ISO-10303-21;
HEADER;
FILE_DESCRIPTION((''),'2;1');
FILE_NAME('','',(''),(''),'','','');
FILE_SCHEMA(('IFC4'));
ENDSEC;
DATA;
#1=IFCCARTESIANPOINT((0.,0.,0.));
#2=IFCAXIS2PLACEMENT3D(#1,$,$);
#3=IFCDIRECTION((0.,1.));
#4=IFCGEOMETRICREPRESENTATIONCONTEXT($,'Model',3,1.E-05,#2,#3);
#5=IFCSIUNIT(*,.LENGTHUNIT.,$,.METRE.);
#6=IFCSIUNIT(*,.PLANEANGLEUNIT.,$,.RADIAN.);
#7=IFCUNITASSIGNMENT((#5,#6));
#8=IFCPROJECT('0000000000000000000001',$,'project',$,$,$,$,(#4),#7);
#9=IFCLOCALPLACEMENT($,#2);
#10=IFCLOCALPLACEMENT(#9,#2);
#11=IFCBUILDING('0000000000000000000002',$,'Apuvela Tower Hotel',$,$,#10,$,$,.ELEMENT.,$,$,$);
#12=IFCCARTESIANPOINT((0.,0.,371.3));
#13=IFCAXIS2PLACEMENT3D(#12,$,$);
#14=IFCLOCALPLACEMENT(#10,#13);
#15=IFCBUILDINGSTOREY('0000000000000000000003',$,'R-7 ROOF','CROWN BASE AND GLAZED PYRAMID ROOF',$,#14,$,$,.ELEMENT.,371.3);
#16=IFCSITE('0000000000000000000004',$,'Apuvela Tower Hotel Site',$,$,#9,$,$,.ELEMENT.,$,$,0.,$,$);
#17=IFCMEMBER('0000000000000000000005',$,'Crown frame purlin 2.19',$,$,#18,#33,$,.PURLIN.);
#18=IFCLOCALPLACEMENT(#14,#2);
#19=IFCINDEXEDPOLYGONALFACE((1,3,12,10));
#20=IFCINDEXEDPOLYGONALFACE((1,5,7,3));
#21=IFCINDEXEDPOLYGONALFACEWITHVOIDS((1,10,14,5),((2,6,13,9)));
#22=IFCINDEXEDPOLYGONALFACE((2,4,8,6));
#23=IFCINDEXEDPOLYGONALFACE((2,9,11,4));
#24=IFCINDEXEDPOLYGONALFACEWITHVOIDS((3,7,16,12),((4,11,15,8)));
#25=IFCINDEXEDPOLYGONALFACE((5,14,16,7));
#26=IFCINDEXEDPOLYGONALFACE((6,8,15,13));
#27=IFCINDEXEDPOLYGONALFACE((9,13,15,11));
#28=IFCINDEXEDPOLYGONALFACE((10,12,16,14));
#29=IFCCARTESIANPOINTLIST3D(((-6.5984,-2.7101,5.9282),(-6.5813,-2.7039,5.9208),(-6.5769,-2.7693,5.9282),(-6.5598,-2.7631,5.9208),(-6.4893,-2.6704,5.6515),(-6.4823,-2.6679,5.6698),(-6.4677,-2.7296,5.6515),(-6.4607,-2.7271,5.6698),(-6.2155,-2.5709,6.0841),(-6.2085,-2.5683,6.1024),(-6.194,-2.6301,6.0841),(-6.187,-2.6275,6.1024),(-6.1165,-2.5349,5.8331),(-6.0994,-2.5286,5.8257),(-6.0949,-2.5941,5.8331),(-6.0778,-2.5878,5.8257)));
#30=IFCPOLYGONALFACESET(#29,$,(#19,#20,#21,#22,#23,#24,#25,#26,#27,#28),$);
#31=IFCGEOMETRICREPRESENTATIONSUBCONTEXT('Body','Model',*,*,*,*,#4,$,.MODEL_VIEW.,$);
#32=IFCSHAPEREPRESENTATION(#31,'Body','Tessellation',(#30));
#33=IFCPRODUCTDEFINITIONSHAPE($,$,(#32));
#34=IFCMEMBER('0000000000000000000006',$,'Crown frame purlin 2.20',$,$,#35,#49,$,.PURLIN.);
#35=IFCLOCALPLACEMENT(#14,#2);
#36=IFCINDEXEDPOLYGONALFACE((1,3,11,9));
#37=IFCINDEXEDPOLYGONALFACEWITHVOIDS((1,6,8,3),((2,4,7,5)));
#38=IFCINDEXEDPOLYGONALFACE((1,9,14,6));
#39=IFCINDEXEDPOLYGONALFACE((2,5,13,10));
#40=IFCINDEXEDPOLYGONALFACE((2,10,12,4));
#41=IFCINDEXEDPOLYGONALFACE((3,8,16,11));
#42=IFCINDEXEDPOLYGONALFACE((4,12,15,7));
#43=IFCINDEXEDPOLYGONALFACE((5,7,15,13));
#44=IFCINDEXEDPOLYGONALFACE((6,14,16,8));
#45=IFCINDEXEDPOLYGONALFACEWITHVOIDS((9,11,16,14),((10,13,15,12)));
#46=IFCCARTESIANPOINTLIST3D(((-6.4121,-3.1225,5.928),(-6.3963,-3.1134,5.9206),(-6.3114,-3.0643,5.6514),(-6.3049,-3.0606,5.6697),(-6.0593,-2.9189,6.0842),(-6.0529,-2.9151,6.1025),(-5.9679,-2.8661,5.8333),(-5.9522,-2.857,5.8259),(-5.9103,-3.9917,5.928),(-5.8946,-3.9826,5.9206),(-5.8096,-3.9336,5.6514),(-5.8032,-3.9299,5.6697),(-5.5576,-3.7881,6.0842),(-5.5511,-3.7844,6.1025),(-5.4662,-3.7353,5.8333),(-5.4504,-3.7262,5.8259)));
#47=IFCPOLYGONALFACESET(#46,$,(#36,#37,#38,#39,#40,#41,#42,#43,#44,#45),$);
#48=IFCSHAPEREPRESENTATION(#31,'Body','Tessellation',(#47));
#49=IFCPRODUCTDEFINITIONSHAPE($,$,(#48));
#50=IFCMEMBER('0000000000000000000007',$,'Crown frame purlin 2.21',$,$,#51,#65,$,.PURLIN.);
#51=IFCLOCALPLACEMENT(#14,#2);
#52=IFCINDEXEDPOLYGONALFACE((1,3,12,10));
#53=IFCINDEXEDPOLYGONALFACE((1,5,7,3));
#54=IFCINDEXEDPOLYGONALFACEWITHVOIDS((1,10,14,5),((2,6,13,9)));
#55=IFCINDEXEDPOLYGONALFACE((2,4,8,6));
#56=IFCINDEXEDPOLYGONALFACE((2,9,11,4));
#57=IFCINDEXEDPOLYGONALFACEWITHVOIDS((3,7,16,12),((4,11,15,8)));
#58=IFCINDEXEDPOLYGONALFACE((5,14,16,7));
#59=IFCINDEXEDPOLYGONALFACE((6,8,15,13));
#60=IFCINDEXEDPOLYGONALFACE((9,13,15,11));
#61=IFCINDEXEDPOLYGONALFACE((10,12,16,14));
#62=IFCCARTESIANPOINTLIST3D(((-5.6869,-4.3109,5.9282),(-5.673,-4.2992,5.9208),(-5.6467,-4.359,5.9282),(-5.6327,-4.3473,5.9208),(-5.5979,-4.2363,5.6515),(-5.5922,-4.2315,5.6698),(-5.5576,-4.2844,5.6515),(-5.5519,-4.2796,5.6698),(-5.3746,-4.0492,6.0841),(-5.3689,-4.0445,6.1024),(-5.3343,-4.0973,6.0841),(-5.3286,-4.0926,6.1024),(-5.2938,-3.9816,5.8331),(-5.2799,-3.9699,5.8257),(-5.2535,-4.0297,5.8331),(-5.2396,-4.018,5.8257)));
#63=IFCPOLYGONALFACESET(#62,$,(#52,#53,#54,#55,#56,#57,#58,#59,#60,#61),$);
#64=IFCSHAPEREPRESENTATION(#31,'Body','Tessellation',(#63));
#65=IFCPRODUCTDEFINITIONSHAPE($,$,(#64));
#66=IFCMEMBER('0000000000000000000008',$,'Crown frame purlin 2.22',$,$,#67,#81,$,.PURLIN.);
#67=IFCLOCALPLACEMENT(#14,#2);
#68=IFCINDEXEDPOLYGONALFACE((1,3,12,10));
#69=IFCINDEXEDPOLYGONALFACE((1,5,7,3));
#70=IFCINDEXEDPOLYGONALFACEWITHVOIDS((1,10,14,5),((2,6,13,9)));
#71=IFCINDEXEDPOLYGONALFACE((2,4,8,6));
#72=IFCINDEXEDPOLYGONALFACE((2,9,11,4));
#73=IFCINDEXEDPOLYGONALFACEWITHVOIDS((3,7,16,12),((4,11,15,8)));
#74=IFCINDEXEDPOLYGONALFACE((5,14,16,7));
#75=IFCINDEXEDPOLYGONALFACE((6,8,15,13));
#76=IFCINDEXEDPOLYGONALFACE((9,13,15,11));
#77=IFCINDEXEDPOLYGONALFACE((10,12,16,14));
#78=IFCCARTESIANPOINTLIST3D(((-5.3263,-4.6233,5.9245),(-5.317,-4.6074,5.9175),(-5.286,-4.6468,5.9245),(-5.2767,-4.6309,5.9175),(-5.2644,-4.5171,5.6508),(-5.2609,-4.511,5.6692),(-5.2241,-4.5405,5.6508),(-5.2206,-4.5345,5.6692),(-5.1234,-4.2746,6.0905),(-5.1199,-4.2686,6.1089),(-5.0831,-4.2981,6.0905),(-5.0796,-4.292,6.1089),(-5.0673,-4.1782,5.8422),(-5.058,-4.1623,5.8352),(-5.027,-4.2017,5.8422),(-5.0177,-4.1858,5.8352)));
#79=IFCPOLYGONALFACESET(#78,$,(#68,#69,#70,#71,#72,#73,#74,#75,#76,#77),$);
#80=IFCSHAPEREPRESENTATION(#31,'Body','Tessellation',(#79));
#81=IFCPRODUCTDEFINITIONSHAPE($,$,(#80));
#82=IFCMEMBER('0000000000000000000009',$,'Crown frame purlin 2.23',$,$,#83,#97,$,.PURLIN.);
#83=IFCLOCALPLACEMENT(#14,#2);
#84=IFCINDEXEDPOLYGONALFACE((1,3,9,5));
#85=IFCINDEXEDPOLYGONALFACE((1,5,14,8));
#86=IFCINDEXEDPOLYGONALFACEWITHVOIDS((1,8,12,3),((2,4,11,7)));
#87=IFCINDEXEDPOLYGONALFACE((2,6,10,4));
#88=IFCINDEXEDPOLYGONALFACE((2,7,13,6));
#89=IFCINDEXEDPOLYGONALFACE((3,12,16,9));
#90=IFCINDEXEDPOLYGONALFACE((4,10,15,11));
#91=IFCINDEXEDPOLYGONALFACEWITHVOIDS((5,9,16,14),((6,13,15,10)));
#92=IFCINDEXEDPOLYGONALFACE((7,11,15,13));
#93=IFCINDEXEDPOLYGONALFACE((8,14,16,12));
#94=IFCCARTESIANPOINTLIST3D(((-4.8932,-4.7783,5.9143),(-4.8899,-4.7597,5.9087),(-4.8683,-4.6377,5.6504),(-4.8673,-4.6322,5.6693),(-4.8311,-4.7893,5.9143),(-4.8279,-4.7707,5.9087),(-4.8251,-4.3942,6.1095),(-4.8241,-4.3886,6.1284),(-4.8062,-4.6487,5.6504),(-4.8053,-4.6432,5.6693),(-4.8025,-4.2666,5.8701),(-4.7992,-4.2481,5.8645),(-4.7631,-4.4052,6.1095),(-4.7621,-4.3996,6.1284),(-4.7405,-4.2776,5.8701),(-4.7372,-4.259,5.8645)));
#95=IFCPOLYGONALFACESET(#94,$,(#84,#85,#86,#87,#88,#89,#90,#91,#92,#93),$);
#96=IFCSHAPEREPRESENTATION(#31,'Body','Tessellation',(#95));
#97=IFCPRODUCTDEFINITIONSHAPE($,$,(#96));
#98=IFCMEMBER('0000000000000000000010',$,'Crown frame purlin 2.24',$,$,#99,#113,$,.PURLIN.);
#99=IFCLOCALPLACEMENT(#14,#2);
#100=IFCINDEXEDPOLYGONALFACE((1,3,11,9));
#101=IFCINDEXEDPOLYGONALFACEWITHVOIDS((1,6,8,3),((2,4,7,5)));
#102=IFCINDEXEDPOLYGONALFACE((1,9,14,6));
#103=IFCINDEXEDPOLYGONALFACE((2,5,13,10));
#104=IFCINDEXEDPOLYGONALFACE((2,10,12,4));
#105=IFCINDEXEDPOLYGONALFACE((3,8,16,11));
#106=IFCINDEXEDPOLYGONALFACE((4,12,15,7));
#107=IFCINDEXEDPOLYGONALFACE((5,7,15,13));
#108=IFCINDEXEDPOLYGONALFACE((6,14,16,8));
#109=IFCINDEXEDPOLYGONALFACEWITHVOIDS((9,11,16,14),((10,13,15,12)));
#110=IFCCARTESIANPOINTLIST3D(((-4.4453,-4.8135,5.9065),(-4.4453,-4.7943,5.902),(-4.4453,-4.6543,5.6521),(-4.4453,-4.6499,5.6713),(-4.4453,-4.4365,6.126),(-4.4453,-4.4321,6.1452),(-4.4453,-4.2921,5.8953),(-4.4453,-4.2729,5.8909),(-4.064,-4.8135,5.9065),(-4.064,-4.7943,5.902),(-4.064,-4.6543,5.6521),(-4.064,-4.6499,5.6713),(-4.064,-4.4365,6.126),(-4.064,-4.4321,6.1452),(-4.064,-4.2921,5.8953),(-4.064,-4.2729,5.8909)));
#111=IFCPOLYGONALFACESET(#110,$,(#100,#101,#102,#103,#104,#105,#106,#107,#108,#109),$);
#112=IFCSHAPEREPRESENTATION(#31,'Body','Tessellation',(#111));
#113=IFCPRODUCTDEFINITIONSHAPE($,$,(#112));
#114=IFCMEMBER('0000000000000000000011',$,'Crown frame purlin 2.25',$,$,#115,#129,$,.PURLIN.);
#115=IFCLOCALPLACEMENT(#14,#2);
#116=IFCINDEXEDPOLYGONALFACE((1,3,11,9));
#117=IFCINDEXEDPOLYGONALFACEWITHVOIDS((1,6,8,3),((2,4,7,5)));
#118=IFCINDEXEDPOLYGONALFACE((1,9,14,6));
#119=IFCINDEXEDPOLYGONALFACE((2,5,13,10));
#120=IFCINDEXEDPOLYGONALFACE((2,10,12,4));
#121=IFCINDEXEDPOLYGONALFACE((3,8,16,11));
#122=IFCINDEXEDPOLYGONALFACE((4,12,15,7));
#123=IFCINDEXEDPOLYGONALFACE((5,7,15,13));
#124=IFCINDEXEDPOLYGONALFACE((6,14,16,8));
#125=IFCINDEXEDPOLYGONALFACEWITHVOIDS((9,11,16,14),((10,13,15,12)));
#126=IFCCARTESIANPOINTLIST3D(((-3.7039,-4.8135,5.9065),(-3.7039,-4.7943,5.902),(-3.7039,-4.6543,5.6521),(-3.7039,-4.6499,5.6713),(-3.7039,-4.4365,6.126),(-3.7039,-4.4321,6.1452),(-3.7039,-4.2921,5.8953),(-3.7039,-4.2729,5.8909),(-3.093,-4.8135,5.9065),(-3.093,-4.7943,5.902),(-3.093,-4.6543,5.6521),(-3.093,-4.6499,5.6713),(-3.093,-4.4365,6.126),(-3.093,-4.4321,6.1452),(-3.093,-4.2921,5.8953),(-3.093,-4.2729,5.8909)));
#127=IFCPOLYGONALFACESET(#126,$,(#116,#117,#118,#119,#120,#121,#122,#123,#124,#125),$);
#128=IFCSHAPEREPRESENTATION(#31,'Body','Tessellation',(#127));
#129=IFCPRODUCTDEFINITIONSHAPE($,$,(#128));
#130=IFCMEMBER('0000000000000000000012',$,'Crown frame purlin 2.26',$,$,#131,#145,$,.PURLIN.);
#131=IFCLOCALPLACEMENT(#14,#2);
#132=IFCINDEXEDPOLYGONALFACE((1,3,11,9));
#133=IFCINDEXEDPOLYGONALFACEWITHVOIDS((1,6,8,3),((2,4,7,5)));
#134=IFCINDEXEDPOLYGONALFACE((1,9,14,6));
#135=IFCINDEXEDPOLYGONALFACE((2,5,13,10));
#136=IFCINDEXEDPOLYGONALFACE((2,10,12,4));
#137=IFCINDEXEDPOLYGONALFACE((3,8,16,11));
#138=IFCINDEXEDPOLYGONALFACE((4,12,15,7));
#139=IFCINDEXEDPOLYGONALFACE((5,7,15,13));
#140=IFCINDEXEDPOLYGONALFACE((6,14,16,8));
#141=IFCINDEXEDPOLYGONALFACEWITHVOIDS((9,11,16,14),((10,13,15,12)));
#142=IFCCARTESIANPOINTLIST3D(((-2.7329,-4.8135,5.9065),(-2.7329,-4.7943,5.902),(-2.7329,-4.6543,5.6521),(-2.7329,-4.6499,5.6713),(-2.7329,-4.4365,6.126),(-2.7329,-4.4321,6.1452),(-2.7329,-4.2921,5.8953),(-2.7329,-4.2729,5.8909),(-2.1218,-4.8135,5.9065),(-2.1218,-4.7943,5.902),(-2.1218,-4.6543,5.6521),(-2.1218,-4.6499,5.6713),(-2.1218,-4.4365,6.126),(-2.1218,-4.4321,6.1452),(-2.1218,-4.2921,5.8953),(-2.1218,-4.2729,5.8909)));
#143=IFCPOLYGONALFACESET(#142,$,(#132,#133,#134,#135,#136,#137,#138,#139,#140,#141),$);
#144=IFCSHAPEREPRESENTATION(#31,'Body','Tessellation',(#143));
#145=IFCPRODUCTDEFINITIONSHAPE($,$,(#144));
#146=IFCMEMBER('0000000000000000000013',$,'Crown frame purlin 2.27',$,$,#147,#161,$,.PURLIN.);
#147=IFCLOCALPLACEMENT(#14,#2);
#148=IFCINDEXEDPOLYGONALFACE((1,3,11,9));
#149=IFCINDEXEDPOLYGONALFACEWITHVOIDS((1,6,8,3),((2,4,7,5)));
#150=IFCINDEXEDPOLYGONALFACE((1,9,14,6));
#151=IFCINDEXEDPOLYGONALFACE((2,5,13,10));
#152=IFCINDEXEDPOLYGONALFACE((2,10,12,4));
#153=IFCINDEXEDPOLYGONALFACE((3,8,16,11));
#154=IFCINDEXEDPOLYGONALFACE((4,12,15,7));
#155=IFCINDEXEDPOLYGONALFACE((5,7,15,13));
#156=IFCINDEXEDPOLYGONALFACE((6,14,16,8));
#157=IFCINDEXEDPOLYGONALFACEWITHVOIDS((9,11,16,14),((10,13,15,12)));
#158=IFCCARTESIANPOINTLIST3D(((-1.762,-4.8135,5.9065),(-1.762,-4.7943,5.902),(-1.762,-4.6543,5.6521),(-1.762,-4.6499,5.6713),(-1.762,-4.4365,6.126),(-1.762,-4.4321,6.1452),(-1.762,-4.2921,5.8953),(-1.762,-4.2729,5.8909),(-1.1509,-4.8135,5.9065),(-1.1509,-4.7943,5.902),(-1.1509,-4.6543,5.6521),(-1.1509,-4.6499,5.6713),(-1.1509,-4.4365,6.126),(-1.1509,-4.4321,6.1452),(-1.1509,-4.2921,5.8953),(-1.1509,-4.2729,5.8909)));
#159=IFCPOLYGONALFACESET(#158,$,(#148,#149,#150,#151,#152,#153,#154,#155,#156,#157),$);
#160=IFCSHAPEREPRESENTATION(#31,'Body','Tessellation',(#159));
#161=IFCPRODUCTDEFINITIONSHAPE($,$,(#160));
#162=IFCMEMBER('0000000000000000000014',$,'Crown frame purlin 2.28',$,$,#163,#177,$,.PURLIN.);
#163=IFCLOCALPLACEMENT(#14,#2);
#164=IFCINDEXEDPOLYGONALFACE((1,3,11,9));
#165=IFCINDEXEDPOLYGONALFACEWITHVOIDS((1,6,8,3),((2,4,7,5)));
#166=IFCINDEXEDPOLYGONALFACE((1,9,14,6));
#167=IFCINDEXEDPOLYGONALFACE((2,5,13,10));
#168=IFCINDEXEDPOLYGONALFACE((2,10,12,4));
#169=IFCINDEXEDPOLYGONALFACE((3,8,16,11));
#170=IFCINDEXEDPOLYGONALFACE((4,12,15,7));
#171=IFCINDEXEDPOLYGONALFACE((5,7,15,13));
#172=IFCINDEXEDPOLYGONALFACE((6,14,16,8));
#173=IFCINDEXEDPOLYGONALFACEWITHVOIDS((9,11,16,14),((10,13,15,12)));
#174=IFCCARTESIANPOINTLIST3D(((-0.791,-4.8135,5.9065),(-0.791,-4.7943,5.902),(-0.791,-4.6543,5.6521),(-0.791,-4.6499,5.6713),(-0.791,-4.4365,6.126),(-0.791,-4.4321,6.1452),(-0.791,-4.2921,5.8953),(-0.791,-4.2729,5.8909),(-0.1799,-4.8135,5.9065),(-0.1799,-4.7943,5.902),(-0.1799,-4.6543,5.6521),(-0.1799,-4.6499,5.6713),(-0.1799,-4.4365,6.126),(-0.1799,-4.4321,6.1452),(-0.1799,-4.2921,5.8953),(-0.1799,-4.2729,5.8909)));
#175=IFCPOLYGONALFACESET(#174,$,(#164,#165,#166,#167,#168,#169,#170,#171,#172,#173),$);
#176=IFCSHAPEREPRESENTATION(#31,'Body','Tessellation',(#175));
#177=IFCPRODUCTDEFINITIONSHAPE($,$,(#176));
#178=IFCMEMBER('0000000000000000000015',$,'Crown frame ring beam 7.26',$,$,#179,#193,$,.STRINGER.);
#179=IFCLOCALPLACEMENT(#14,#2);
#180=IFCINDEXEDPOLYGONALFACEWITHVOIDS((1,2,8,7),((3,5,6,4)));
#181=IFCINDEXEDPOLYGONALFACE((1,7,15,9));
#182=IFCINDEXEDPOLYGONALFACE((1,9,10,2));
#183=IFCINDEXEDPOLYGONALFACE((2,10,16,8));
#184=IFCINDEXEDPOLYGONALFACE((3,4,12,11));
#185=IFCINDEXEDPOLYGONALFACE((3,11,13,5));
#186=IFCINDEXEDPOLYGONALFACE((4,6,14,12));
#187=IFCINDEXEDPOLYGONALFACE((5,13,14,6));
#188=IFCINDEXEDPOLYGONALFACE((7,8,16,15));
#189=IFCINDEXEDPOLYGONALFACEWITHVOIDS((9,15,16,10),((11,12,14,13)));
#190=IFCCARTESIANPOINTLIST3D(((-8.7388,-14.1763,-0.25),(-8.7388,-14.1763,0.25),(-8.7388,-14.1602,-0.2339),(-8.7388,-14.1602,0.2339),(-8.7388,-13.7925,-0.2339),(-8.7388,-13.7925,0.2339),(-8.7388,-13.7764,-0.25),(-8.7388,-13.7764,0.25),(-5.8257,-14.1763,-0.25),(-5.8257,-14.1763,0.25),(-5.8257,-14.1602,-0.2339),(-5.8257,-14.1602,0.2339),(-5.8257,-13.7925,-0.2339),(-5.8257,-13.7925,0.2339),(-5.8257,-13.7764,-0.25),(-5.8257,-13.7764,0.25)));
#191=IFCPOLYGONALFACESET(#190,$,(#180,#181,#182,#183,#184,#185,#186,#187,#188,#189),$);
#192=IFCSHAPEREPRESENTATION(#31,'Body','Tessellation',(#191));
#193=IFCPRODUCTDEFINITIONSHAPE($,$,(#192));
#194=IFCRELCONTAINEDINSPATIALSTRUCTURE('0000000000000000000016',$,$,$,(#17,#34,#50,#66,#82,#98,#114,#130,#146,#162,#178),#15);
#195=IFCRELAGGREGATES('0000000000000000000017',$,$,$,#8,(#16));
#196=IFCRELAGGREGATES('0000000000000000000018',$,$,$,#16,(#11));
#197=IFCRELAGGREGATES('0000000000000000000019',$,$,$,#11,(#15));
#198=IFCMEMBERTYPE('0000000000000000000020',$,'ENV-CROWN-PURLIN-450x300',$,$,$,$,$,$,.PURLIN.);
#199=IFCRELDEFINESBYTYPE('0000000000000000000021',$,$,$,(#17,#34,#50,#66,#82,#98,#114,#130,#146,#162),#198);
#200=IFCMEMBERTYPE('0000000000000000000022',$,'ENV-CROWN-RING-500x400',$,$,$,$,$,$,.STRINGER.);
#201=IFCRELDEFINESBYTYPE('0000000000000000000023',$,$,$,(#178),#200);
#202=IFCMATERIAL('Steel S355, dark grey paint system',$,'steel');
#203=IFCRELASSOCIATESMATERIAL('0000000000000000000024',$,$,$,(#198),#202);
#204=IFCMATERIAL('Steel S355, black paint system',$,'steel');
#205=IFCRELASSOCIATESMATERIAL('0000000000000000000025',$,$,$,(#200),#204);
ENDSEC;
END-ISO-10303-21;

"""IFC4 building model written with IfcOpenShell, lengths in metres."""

from ifc_helpers import new_model, si_unit, direction, frame, origin, origin_2d, place, context, subcontext, project, spatial, hollow_rectangle, extrude, material, material_profile, profile_set, type_object, element, save


model = new_model("IFC4")

# Units and contexts
model_context = context("Model", 3, precision=1e-05, world=origin(), true_north=direction((0.0, 1.0)))
body_context = subcontext(model_context, "Body", "Model", "MODEL_VIEW")
ifc_project = project(units=[si_unit("LENGTHUNIT", "METRE"), si_unit("PLANEANGLEUNIT", "RADIAN")], contexts=[model_context])

# Site, building, storey
site_placement = place(None, origin())
site = spatial("IfcSite", under=ifc_project, at=site_placement, Name="Apuvela Tower Hotel Site", CompositionType="ELEMENT", RefElevation=0.0)
building_placement = place(site_placement, origin())
building = spatial("IfcBuilding", under=site, at=building_placement, Name="Apuvela Tower Hotel", CompositionType="ELEMENT")
storey_placement = place(building_placement, frame((0.0, 0.0, 371.3)))
storey = spatial("IfcBuildingStorey", under=building, at=storey_placement, Name="R-7 ROOF", Description="CROWN BASE AND GLAZED PYRAMID ROOF", CompositionType="ELEMENT", Elevation=371.3)

# Members
ifc_material_1 = material(Name="Steel S355, dark grey paint system", Category="steel")
ifc_material_profile_1 = material_profile(ifc_material_1, hollow_rectangle(XDim=0.45, YDim=0.3, WallThickness=0.0139, at=origin_2d()), Name="HSS 450x300x14")
ifc_profile_set_1 = profile_set([ifc_material_profile_1], Name="Steel S355, dark grey paint system")
member_type_1 = type_object("IfcMemberType", Name="ENV-CROWN-PURLIN-450x300", PredefinedType="PURLIN", material=ifc_profile_set_1)
member_1_placement = place(storey_placement, frame((-6.3489, -2.6194, 5.877), z_axis=(0.341743, -0.939793, 0.0), x_axis=(0.866548, 0.315108, 0.387041)))
element("IfcMember", 1, at=member_1_placement, inside=storey, type_object=member_type_1, Name="Crown frame purlin 2.19", PredefinedType="PURLIN", context=body_context, shape_type="SweptSolid", body=[
    extrude(hollow_rectangle(XDim=0.45, YDim=0.3, WallThickness=0.0139, at=origin_2d()), origin(), (0.0, 0.0, 1.0), 0.063),
])
member_2_placement = place(storey_placement, frame((-6.1821, -2.9897, 5.877), z_axis=(0.499933, -0.866064, 0.0), x_axis=(0.79834, 0.46084, 0.387659)))
element("IfcMember", 2, at=member_2_placement, inside=storey, type_object=member_type_1, Name="Crown frame purlin 2.20", PredefinedType="PURLIN", context=body_context, shape_type="SweptSolid", body=[
    extrude(hollow_rectangle(XDim=0.45, YDim=0.3, WallThickness=0.0139, at=origin_2d()), origin(), (0.0, 0.0, 1.0), 1.0037),
])
member_3_placement = place(storey_placement, frame((-5.4834, -4.1404, 5.877), z_axis=(0.642096, -0.766624, 0.0), x_axis=(0.706875, 0.592053, 0.387041)))
element("IfcMember", 3, at=member_3_placement, inside=storey, type_object=member_type_1, Name="Crown frame purlin 2.21", PredefinedType="PURLIN", context=body_context, shape_type="SweptSolid", body=[
    extrude(hollow_rectangle(XDim=0.45, YDim=0.3, WallThickness=0.0139, at=origin_2d()), origin(), (0.0, 0.0, 1.0), 0.0627),
])
member_4_placement = place(storey_placement, frame((-5.1921, -4.3928, 5.8799), z_axis=(0.864348, -0.502894, 0.0), x_axis=(0.458722, 0.788428, 0.409823)))
element("IfcMember", 4, at=member_4_placement, inside=storey, type_object=member_type_1, Name="Crown frame purlin 2.22", PredefinedType="PURLIN", context=body_context, shape_type="SweptSolid", body=[
    extrude(hollow_rectangle(XDim=0.45, YDim=0.3, WallThickness=0.0139, at=origin_2d()), origin(), (0.0, 0.0, 1.0), 0.0466),
])
member_5_placement = place(storey_placement, frame((-4.8462, -4.5132, 5.8894), z_axis=(0.984666, -0.174449, 0.0), x_axis=(0.153433, 0.866046, 0.475839)))
element("IfcMember", 5, at=member_5_placement, inside=storey, type_object=member_type_1, Name="Crown frame purlin 2.23", PredefinedType="PURLIN", context=body_context, shape_type="SweptSolid", body=[
    extrude(hollow_rectangle(XDim=0.45, YDim=0.3, WallThickness=0.0139, at=origin_2d()), origin(), (0.0, 0.0, 1.0), 0.063),
])
member_6_placement = place(storey_placement, frame((-4.4453, -4.5432, 5.8987), z_axis=(1.0, 0.0, 0.0), x_axis=(0.0, 0.847593, 0.530647)))
element("IfcMember", 6, at=member_6_placement, inside=storey, type_object=member_type_1, Name="Crown frame purlin 2.24", PredefinedType="PURLIN", context=body_context, shape_type="SweptSolid", body=[
    extrude(hollow_rectangle(XDim=0.45, YDim=0.3, WallThickness=0.0139, at=origin_2d()), origin(), (0.0, 0.0, 1.0), 0.3813),
])
member_7_placement = place(storey_placement, frame((-3.7039, -4.5432, 5.8987), z_axis=(1.0, 0.0, 0.0), x_axis=(0.0, 0.847593, 0.530647)))
element("IfcMember", 7, at=member_7_placement, inside=storey, type_object=member_type_1, Name="Crown frame purlin 2.25", PredefinedType="PURLIN", context=body_context, shape_type="SweptSolid", body=[
    extrude(hollow_rectangle(XDim=0.45, YDim=0.3, WallThickness=0.0139, at=origin_2d()), origin(), (0.0, 0.0, 1.0), 0.6108),
])
for number, where, z_axis, x_axis, name in (
    (8, (-2.7329, -4.5432, 5.8987), (1.0, 0.0, 0.0), (0.0, 0.847593, 0.530647), "Crown frame purlin 2.26"),
    (9, (-1.762, -4.5432, 5.8987), (1.0, 0.0, 0.0), (0.0, 0.847593, 0.530647), "Crown frame purlin 2.27"),
    (10, (-0.791, -4.5432, 5.8987), (1.0, 0.0, 0.0), (0.0, 0.847593, 0.530647), "Crown frame purlin 2.28"),
):
    element("IfcMember", number, at=place(storey_placement, frame(where, z_axis=z_axis, x_axis=x_axis)), inside=storey, type_object=member_type_1, Name=name, PredefinedType="PURLIN", context=body_context, shape_type="SweptSolid", body=[
        extrude(hollow_rectangle(XDim=0.45, YDim=0.3, WallThickness=0.0139, at=origin_2d()), origin(), (0.0, 0.0, 1.0), 0.6111),
    ])
ifc_material_2 = material(Name="Steel S355, black paint system", Category="steel")
ifc_material_profile_2 = material_profile(ifc_material_2, hollow_rectangle(XDim=0.3999, YDim=0.5, WallThickness=0.0161, at=origin_2d()), Name="HSS 500x400x16")
ifc_profile_set_2 = profile_set([ifc_material_profile_2], Name="Steel S355, black paint system")
member_type_2 = type_object("IfcMemberType", Name="ENV-CROWN-RING-500x400", PredefinedType="STRINGER", material=ifc_profile_set_2)
member_8_placement = place(storey_placement, frame((-8.7388, -13.9763, 0.0), z_axis=(1.0, 0.0, 0.0), x_axis=(0.0, 1.0, 0.0)))
element("IfcMember", 11, at=member_8_placement, inside=storey, type_object=member_type_2, Name="Crown frame ring beam 7.26", PredefinedType="STRINGER", context=body_context, shape_type="SweptSolid", body=[
    extrude(hollow_rectangle(XDim=0.3999, YDim=0.5, WallThickness=0.0161, at=origin_2d()), origin(), (0.0, 0.0, 1.0), 2.9131),
])

save(model, "model.ifc")
